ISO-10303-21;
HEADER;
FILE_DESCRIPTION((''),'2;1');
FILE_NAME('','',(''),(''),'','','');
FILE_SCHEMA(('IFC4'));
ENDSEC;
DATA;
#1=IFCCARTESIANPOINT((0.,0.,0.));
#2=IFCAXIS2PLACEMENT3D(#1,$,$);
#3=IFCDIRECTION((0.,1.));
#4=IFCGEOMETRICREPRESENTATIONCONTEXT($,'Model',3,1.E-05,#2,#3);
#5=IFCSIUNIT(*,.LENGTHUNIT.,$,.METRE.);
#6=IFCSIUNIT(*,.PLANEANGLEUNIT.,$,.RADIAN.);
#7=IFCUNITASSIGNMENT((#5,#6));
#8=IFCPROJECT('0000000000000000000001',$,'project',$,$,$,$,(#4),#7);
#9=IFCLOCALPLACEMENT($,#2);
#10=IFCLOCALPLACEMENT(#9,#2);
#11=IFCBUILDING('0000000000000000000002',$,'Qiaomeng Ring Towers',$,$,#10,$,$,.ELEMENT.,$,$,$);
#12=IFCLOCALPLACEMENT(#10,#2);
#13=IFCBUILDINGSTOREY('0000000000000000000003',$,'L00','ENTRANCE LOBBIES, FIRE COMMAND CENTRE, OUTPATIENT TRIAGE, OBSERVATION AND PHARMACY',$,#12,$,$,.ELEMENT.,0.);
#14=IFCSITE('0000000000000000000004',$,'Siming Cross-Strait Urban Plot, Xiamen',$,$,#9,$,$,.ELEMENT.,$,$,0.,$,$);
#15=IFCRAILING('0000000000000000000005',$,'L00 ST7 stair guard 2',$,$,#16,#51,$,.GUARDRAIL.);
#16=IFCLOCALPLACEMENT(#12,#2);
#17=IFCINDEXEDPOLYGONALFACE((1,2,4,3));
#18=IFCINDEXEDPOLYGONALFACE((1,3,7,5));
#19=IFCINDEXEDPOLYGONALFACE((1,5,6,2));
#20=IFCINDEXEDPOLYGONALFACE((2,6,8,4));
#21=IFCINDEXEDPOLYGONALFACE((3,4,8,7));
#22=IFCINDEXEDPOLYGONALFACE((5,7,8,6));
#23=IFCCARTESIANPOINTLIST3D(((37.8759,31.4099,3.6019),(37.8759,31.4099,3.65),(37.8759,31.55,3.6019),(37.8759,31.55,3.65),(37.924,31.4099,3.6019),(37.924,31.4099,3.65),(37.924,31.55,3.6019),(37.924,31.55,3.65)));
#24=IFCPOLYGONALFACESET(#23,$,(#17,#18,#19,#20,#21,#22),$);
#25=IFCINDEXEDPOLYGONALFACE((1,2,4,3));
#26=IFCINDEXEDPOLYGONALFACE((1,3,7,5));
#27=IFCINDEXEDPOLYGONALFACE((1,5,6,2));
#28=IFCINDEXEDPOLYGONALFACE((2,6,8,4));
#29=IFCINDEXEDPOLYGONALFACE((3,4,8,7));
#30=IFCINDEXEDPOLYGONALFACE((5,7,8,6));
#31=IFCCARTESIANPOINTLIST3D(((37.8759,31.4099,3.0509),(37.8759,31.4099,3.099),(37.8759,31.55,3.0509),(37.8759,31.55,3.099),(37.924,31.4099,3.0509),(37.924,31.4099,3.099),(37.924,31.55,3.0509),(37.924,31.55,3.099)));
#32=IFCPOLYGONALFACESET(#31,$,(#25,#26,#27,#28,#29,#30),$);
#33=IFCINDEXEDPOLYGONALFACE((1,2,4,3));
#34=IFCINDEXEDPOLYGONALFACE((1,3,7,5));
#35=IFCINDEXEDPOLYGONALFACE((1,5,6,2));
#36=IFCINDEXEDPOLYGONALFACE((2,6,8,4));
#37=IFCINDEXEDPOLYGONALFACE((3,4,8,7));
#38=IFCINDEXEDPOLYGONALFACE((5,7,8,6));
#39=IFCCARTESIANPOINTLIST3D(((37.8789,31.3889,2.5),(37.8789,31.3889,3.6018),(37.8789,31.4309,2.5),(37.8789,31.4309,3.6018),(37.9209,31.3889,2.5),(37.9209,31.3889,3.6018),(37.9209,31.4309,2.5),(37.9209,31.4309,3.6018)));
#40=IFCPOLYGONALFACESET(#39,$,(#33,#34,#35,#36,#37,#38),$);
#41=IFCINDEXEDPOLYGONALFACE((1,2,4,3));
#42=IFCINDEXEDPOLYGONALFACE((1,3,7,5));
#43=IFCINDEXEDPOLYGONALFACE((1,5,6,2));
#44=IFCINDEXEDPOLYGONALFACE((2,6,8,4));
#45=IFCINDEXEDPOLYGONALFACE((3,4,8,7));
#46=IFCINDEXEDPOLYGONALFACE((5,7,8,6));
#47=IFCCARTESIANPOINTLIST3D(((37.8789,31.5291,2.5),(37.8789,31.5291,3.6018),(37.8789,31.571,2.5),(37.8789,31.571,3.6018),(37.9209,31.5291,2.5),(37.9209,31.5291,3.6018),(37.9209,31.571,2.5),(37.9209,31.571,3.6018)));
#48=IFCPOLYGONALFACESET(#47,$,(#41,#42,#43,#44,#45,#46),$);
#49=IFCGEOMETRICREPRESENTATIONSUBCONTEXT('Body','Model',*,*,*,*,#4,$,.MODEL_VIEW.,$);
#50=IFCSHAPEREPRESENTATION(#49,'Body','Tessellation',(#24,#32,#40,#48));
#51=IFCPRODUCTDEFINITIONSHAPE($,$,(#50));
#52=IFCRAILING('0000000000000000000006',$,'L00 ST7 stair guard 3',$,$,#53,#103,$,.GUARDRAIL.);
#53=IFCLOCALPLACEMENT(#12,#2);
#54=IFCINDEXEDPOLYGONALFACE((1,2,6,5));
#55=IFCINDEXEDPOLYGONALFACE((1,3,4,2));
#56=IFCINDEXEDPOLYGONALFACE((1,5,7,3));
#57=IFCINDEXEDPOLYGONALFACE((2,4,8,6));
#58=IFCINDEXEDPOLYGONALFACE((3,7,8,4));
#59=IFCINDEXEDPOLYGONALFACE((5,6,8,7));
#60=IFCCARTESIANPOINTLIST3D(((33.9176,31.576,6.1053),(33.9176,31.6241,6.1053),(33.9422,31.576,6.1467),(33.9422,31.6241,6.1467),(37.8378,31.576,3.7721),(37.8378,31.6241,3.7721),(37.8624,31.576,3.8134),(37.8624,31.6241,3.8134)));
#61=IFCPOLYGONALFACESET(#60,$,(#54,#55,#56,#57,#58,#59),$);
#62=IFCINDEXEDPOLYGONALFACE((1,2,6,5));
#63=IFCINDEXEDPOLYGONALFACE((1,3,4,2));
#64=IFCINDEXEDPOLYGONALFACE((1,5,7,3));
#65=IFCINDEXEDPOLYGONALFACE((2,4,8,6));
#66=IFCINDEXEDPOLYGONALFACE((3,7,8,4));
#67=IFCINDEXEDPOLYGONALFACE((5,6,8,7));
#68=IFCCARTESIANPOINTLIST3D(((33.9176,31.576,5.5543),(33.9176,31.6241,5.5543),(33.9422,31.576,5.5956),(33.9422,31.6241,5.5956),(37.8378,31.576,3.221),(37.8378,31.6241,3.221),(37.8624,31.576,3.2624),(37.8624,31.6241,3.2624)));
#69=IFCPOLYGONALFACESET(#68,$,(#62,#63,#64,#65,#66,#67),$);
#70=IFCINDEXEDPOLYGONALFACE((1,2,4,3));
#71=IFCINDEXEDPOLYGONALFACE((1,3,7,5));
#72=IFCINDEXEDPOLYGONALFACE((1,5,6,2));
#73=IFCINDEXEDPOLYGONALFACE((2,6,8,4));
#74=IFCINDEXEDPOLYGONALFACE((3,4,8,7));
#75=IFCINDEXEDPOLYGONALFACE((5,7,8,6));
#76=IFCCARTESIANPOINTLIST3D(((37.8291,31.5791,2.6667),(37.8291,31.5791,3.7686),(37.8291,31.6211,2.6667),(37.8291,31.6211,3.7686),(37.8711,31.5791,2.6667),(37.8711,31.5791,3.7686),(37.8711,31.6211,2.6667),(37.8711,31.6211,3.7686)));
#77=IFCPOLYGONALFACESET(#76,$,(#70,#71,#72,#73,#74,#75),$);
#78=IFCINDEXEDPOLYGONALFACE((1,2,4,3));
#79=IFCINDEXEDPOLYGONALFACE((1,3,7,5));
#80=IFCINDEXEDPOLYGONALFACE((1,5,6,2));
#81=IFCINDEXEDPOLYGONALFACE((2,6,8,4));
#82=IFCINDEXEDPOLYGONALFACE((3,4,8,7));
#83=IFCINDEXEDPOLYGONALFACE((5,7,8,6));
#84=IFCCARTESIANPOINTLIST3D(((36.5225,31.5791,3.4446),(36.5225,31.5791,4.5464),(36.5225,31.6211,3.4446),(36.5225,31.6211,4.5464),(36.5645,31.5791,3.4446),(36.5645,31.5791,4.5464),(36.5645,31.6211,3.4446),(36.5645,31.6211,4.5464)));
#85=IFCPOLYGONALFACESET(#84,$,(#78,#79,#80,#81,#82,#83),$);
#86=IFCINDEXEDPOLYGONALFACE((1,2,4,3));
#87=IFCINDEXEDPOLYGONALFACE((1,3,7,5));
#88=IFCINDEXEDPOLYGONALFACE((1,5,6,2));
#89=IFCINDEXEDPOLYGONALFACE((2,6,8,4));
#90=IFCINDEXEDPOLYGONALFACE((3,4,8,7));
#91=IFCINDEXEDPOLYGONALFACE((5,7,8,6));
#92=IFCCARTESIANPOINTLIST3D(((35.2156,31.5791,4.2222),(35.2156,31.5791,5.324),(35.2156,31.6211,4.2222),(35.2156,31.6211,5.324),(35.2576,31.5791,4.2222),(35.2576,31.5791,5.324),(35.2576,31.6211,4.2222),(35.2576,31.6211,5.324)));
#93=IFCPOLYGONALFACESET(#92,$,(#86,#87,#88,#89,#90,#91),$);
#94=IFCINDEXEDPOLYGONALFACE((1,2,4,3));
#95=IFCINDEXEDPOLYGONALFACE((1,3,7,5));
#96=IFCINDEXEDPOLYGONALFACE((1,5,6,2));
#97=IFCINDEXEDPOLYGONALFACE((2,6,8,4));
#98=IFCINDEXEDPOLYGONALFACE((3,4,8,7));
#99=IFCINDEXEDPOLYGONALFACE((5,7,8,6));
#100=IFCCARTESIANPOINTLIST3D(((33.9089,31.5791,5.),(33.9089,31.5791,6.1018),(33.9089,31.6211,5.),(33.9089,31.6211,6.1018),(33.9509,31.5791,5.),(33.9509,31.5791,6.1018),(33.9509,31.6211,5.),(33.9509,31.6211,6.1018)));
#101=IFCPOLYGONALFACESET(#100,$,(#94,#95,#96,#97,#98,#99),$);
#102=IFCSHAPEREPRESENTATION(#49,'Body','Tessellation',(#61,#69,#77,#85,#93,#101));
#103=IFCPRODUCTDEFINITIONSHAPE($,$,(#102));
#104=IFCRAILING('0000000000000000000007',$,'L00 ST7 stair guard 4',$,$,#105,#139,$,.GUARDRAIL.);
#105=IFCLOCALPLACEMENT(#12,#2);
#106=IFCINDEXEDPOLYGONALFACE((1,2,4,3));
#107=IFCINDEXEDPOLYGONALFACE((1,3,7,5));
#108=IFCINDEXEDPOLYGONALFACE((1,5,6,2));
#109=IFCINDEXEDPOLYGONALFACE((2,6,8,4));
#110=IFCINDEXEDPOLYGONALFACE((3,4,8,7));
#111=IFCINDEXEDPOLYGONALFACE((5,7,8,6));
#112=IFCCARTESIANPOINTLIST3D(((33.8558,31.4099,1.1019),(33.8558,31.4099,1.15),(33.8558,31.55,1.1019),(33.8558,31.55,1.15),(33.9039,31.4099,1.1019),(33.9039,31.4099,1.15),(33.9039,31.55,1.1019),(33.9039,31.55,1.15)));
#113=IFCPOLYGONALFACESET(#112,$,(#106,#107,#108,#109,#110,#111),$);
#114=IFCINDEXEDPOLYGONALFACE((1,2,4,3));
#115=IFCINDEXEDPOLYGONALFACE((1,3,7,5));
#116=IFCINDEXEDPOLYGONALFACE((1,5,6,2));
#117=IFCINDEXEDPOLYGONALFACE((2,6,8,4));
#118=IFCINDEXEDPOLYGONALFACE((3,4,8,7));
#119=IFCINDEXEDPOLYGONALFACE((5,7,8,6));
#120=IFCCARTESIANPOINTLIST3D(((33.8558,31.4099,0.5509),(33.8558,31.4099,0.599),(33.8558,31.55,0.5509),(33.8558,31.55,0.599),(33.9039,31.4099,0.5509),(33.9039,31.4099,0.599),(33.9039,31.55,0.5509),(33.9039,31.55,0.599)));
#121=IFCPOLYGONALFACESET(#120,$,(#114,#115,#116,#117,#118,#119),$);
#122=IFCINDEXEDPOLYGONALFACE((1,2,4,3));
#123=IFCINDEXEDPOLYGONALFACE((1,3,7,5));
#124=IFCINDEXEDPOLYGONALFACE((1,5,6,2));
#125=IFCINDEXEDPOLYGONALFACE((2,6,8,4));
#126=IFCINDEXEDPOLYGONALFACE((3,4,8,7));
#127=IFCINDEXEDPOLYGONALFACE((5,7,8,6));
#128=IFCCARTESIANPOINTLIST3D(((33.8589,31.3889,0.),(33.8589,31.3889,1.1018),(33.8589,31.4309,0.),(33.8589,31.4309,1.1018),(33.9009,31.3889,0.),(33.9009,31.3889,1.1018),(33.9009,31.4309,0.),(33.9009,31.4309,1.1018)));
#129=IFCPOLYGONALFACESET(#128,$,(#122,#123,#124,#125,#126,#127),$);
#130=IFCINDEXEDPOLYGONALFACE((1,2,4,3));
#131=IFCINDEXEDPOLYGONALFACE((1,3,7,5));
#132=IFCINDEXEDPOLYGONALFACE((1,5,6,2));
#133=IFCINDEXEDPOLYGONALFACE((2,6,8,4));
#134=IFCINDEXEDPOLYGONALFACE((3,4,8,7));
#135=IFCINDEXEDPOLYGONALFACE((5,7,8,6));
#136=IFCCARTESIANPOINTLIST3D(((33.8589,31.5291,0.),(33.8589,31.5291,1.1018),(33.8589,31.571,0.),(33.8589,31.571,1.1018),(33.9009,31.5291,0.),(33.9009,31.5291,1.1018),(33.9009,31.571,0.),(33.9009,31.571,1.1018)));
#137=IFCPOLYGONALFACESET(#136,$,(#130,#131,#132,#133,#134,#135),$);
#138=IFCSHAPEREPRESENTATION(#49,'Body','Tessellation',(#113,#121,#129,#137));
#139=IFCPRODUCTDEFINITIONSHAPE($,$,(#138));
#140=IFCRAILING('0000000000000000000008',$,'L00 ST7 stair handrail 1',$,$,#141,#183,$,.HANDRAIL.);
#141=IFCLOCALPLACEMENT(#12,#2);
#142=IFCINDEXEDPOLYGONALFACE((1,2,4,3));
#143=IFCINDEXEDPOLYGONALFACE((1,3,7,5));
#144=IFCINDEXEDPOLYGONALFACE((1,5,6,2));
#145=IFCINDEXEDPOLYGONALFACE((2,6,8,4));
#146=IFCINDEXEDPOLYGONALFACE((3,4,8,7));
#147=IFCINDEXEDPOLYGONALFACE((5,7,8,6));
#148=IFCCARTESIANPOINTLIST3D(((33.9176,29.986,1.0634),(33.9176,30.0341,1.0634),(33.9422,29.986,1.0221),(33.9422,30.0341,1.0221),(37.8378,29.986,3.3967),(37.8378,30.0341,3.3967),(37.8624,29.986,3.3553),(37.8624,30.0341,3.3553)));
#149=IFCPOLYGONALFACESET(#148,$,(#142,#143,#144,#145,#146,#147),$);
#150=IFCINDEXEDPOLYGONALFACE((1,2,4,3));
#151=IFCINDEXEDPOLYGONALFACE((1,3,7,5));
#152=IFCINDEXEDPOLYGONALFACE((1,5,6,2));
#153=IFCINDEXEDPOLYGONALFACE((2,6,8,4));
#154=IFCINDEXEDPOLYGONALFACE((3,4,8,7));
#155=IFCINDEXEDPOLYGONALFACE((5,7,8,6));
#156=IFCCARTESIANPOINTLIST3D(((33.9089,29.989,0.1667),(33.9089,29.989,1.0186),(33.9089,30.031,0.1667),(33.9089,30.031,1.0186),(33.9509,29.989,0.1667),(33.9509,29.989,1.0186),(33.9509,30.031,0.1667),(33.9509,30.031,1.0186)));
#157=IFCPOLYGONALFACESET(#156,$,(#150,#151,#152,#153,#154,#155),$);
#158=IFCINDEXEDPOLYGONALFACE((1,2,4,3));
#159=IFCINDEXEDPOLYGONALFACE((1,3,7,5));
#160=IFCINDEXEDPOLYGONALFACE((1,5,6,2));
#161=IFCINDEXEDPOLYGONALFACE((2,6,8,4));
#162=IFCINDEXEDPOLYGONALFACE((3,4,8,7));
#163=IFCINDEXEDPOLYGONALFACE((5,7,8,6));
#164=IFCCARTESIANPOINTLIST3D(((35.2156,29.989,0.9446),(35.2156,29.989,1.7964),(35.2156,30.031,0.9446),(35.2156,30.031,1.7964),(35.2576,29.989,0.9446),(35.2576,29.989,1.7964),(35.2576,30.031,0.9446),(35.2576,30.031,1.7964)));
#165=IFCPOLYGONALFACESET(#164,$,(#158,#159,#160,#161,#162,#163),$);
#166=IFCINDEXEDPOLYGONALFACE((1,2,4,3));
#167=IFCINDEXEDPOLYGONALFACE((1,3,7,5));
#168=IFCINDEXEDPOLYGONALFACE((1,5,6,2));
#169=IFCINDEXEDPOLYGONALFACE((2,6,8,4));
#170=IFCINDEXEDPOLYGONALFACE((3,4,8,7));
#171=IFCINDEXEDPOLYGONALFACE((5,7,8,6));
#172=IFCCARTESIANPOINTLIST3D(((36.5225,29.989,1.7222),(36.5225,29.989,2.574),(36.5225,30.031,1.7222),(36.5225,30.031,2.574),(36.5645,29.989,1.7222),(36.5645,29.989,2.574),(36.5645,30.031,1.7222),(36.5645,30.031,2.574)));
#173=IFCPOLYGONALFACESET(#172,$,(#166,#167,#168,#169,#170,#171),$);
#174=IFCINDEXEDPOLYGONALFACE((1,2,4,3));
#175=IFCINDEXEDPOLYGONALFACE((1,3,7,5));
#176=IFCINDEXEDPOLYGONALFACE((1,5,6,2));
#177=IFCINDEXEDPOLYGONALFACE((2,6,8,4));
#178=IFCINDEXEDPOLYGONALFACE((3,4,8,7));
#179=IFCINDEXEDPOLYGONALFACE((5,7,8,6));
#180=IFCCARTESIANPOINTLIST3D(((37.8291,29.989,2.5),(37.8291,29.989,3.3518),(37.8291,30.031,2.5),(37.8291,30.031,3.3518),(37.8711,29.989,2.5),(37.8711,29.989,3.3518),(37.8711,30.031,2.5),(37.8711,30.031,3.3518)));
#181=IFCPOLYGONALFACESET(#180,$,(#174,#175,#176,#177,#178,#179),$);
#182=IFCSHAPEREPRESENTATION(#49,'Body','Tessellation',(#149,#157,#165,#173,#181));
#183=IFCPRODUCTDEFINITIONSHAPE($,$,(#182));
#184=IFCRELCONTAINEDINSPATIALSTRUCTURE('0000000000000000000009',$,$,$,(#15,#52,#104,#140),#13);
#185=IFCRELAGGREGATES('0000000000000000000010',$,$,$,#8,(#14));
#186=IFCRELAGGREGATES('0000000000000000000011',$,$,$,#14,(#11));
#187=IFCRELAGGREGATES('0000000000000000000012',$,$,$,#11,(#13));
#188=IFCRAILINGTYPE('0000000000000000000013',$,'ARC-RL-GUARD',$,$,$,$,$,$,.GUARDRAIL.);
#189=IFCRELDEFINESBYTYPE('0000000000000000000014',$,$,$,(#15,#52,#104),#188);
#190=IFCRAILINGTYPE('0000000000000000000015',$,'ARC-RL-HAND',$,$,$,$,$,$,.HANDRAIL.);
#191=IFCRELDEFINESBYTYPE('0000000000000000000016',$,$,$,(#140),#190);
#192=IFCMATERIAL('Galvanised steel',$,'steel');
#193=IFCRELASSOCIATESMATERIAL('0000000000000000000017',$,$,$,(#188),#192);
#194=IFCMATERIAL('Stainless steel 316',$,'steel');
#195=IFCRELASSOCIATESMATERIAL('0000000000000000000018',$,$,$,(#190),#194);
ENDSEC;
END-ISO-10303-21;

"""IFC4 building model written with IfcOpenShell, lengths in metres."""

from ifc_helpers import new_model, si_unit, direction, frame, origin, origin_2d, place, context, subcontext, project, spatial, rectangle, extrude, material, type_object, element, save


model = new_model("IFC4")

# Units and contexts
model_context = context("Model", 3, precision=1e-05, world=origin(), true_north=direction((0.0, 1.0)))
body_context = subcontext(model_context, "Body", "Model", "MODEL_VIEW")
ifc_project = project(units=[si_unit("LENGTHUNIT", "METRE"), si_unit("PLANEANGLEUNIT", "RADIAN")], contexts=[model_context])

# Site, building, storey
site_placement = place(None, origin())
site = spatial("IfcSite", under=ifc_project, at=site_placement, Name="Siming Cross-Strait Urban Plot, Xiamen", CompositionType="ELEMENT", RefElevation=0.0)
building_placement = place(site_placement, origin())
building = spatial("IfcBuilding", under=site, at=building_placement, Name="Qiaomeng Ring Towers", CompositionType="ELEMENT")
storey_placement = place(building_placement, origin())
storey = spatial("IfcBuildingStorey", under=building, at=storey_placement, Name="L00", Description="ENTRANCE LOBBIES, FIRE COMMAND CENTRE, OUTPATIENT TRIAGE, OBSERVATION AND PHARMACY", CompositionType="ELEMENT", Elevation=0.0)

# Shared definitions
ifc_material_1 = material(Name="Galvanised steel", Category="steel")

# Shared definitions
ifc_material_2 = material(Name="Stainless steel 316", Category="steel")

# Railings
railing_type_1 = type_object("IfcRailingType", Name="ARC-RL-GUARD", PredefinedType="GUARDRAIL", material=ifc_material_1)
railing_1_placement = place(storey_placement, frame((37.8999, 31.4099, 2.5)))
element("IfcRailing", 1, at=railing_1_placement, inside=storey, type_object=railing_type_1, Name="L00 ST7 stair guard 2", PredefinedType="GUARDRAIL", context=body_context, shape_type="SweptSolid", body=[
    extrude(rectangle(XDim=0.0481, YDim=0.0481, at=origin_2d()), frame((0.0, 0.0, 1.126), z_axis=(0.0, 1.0, 0.0), x_axis=(-1.0, 0.0, 0.0)), (0.0, 0.0, 1.0), 0.1401),
    extrude(rectangle(XDim=0.0481, YDim=0.0481, at=origin_2d()), frame((0.0, 0.0, 0.575), z_axis=(0.0, 1.0, 0.0), x_axis=(-1.0, 0.0, 0.0)), (0.0, 0.0, 1.0), 0.1401),
    extrude(rectangle(XDim=0.042, YDim=0.042, at=origin_2d()), origin(), (0.0, 0.0, 1.0), 1.1018),
    extrude(rectangle(XDim=0.042, YDim=0.042, at=origin_2d()), frame((0.0, 0.1401, 0.0)), (0.0, 0.0, 1.0), 1.1018),
])
railing_2_placement = place(storey_placement, frame((37.8501, 31.6001, 2.6667)))
element("IfcRailing", 2, at=railing_2_placement, inside=storey, type_object=railing_type_1, Name="L00 ST7 stair guard 3", PredefinedType="GUARDRAIL", context=body_context, shape_type="SweptSolid", body=[
    extrude(rectangle(XDim=0.0481, YDim=0.0481, at=origin_2d()), frame((0.0, 0.0, 1.126), z_axis=(-0.85931, 0.0, 0.511455), x_axis=(0.0, -1.0, 0.0)), (0.0, 0.0, 1.0), 4.562),
    extrude(rectangle(XDim=0.0481, YDim=0.0481, at=origin_2d()), frame((0.0, 0.0, 0.575), z_axis=(-0.85931, 0.0, 0.511455), x_axis=(0.0, -1.0, 0.0)), (0.0, 0.0, 1.0), 4.562),
    extrude(rectangle(XDim=0.042, YDim=0.042, at=origin_2d()), origin(), (0.0, 0.0, 1.0), 1.1018),
    extrude(rectangle(XDim=0.042, YDim=0.042, at=origin_2d()), frame((-1.3066, 0.0, 0.7778)), (0.0, 0.0, 1.0), 1.1018),
    extrude(rectangle(XDim=0.042, YDim=0.042, at=origin_2d()), frame((-2.6135, 0.0, 1.5554)), (0.0, 0.0, 1.0), 1.1018),
    extrude(rectangle(XDim=0.042, YDim=0.042, at=origin_2d()), frame((-3.9202, 0.0, 2.3333)), (0.0, 0.0, 1.0), 1.1018),
])
railing_3_placement = place(storey_placement, frame((33.8799, 31.4099, 0.0)))
element("IfcRailing", 3, at=railing_3_placement, inside=storey, type_object=railing_type_1, Name="L00 ST7 stair guard 4", PredefinedType="GUARDRAIL", context=body_context, shape_type="SweptSolid", body=[
    extrude(rectangle(XDim=0.0481, YDim=0.0481, at=origin_2d()), frame((0.0, 0.0, 1.126), z_axis=(0.0, 1.0, 0.0), x_axis=(-1.0, 0.0, 0.0)), (0.0, 0.0, 1.0), 0.1401),
    extrude(rectangle(XDim=0.0481, YDim=0.0481, at=origin_2d()), frame((0.0, 0.0, 0.575), z_axis=(0.0, 1.0, 0.0), x_axis=(-1.0, 0.0, 0.0)), (0.0, 0.0, 1.0), 0.1401),
    extrude(rectangle(XDim=0.042, YDim=0.042, at=origin_2d()), origin(), (0.0, 0.0, 1.0), 1.1018),
    extrude(rectangle(XDim=0.042, YDim=0.042, at=origin_2d()), frame((0.0, 0.1401, 0.0)), (0.0, 0.0, 1.0), 1.1018),
])
railing_type_2 = type_object("IfcRailingType", Name="ARC-RL-HAND", PredefinedType="HANDRAIL", material=ifc_material_2)
railing_4_placement = place(storey_placement, frame((33.9299, 30.01, 0.1667)))
element("IfcRailing", 4, at=railing_4_placement, inside=storey, type_object=railing_type_2, Name="L00 ST7 stair handrail 1", PredefinedType="HANDRAIL", context=body_context, shape_type="SweptSolid", body=[
    extrude(rectangle(XDim=0.0481, YDim=0.0481, at=origin_2d()), frame((0.0, 0.0, 0.876), z_axis=(0.85931, 0.0, 0.511455), x_axis=(0.0, 1.0, 0.0)), (0.0, 0.0, 1.0), 4.562),
    extrude(rectangle(XDim=0.042, YDim=0.042, at=origin_2d()), origin(), (0.0, 0.0, 1.0), 0.8518),
    extrude(rectangle(XDim=0.042, YDim=0.042, at=origin_2d()), frame((1.3066, 0.0, 0.7778)), (0.0, 0.0, 1.0), 0.8518),
    extrude(rectangle(XDim=0.042, YDim=0.042, at=origin_2d()), frame((2.6135, 0.0, 1.5554)), (0.0, 0.0, 1.0), 0.8518),
    extrude(rectangle(XDim=0.042, YDim=0.042, at=origin_2d()), frame((3.9202, 0.0, 2.3333)), (0.0, 0.0, 1.0), 0.8518),
])

save(model, "model.ifc")
